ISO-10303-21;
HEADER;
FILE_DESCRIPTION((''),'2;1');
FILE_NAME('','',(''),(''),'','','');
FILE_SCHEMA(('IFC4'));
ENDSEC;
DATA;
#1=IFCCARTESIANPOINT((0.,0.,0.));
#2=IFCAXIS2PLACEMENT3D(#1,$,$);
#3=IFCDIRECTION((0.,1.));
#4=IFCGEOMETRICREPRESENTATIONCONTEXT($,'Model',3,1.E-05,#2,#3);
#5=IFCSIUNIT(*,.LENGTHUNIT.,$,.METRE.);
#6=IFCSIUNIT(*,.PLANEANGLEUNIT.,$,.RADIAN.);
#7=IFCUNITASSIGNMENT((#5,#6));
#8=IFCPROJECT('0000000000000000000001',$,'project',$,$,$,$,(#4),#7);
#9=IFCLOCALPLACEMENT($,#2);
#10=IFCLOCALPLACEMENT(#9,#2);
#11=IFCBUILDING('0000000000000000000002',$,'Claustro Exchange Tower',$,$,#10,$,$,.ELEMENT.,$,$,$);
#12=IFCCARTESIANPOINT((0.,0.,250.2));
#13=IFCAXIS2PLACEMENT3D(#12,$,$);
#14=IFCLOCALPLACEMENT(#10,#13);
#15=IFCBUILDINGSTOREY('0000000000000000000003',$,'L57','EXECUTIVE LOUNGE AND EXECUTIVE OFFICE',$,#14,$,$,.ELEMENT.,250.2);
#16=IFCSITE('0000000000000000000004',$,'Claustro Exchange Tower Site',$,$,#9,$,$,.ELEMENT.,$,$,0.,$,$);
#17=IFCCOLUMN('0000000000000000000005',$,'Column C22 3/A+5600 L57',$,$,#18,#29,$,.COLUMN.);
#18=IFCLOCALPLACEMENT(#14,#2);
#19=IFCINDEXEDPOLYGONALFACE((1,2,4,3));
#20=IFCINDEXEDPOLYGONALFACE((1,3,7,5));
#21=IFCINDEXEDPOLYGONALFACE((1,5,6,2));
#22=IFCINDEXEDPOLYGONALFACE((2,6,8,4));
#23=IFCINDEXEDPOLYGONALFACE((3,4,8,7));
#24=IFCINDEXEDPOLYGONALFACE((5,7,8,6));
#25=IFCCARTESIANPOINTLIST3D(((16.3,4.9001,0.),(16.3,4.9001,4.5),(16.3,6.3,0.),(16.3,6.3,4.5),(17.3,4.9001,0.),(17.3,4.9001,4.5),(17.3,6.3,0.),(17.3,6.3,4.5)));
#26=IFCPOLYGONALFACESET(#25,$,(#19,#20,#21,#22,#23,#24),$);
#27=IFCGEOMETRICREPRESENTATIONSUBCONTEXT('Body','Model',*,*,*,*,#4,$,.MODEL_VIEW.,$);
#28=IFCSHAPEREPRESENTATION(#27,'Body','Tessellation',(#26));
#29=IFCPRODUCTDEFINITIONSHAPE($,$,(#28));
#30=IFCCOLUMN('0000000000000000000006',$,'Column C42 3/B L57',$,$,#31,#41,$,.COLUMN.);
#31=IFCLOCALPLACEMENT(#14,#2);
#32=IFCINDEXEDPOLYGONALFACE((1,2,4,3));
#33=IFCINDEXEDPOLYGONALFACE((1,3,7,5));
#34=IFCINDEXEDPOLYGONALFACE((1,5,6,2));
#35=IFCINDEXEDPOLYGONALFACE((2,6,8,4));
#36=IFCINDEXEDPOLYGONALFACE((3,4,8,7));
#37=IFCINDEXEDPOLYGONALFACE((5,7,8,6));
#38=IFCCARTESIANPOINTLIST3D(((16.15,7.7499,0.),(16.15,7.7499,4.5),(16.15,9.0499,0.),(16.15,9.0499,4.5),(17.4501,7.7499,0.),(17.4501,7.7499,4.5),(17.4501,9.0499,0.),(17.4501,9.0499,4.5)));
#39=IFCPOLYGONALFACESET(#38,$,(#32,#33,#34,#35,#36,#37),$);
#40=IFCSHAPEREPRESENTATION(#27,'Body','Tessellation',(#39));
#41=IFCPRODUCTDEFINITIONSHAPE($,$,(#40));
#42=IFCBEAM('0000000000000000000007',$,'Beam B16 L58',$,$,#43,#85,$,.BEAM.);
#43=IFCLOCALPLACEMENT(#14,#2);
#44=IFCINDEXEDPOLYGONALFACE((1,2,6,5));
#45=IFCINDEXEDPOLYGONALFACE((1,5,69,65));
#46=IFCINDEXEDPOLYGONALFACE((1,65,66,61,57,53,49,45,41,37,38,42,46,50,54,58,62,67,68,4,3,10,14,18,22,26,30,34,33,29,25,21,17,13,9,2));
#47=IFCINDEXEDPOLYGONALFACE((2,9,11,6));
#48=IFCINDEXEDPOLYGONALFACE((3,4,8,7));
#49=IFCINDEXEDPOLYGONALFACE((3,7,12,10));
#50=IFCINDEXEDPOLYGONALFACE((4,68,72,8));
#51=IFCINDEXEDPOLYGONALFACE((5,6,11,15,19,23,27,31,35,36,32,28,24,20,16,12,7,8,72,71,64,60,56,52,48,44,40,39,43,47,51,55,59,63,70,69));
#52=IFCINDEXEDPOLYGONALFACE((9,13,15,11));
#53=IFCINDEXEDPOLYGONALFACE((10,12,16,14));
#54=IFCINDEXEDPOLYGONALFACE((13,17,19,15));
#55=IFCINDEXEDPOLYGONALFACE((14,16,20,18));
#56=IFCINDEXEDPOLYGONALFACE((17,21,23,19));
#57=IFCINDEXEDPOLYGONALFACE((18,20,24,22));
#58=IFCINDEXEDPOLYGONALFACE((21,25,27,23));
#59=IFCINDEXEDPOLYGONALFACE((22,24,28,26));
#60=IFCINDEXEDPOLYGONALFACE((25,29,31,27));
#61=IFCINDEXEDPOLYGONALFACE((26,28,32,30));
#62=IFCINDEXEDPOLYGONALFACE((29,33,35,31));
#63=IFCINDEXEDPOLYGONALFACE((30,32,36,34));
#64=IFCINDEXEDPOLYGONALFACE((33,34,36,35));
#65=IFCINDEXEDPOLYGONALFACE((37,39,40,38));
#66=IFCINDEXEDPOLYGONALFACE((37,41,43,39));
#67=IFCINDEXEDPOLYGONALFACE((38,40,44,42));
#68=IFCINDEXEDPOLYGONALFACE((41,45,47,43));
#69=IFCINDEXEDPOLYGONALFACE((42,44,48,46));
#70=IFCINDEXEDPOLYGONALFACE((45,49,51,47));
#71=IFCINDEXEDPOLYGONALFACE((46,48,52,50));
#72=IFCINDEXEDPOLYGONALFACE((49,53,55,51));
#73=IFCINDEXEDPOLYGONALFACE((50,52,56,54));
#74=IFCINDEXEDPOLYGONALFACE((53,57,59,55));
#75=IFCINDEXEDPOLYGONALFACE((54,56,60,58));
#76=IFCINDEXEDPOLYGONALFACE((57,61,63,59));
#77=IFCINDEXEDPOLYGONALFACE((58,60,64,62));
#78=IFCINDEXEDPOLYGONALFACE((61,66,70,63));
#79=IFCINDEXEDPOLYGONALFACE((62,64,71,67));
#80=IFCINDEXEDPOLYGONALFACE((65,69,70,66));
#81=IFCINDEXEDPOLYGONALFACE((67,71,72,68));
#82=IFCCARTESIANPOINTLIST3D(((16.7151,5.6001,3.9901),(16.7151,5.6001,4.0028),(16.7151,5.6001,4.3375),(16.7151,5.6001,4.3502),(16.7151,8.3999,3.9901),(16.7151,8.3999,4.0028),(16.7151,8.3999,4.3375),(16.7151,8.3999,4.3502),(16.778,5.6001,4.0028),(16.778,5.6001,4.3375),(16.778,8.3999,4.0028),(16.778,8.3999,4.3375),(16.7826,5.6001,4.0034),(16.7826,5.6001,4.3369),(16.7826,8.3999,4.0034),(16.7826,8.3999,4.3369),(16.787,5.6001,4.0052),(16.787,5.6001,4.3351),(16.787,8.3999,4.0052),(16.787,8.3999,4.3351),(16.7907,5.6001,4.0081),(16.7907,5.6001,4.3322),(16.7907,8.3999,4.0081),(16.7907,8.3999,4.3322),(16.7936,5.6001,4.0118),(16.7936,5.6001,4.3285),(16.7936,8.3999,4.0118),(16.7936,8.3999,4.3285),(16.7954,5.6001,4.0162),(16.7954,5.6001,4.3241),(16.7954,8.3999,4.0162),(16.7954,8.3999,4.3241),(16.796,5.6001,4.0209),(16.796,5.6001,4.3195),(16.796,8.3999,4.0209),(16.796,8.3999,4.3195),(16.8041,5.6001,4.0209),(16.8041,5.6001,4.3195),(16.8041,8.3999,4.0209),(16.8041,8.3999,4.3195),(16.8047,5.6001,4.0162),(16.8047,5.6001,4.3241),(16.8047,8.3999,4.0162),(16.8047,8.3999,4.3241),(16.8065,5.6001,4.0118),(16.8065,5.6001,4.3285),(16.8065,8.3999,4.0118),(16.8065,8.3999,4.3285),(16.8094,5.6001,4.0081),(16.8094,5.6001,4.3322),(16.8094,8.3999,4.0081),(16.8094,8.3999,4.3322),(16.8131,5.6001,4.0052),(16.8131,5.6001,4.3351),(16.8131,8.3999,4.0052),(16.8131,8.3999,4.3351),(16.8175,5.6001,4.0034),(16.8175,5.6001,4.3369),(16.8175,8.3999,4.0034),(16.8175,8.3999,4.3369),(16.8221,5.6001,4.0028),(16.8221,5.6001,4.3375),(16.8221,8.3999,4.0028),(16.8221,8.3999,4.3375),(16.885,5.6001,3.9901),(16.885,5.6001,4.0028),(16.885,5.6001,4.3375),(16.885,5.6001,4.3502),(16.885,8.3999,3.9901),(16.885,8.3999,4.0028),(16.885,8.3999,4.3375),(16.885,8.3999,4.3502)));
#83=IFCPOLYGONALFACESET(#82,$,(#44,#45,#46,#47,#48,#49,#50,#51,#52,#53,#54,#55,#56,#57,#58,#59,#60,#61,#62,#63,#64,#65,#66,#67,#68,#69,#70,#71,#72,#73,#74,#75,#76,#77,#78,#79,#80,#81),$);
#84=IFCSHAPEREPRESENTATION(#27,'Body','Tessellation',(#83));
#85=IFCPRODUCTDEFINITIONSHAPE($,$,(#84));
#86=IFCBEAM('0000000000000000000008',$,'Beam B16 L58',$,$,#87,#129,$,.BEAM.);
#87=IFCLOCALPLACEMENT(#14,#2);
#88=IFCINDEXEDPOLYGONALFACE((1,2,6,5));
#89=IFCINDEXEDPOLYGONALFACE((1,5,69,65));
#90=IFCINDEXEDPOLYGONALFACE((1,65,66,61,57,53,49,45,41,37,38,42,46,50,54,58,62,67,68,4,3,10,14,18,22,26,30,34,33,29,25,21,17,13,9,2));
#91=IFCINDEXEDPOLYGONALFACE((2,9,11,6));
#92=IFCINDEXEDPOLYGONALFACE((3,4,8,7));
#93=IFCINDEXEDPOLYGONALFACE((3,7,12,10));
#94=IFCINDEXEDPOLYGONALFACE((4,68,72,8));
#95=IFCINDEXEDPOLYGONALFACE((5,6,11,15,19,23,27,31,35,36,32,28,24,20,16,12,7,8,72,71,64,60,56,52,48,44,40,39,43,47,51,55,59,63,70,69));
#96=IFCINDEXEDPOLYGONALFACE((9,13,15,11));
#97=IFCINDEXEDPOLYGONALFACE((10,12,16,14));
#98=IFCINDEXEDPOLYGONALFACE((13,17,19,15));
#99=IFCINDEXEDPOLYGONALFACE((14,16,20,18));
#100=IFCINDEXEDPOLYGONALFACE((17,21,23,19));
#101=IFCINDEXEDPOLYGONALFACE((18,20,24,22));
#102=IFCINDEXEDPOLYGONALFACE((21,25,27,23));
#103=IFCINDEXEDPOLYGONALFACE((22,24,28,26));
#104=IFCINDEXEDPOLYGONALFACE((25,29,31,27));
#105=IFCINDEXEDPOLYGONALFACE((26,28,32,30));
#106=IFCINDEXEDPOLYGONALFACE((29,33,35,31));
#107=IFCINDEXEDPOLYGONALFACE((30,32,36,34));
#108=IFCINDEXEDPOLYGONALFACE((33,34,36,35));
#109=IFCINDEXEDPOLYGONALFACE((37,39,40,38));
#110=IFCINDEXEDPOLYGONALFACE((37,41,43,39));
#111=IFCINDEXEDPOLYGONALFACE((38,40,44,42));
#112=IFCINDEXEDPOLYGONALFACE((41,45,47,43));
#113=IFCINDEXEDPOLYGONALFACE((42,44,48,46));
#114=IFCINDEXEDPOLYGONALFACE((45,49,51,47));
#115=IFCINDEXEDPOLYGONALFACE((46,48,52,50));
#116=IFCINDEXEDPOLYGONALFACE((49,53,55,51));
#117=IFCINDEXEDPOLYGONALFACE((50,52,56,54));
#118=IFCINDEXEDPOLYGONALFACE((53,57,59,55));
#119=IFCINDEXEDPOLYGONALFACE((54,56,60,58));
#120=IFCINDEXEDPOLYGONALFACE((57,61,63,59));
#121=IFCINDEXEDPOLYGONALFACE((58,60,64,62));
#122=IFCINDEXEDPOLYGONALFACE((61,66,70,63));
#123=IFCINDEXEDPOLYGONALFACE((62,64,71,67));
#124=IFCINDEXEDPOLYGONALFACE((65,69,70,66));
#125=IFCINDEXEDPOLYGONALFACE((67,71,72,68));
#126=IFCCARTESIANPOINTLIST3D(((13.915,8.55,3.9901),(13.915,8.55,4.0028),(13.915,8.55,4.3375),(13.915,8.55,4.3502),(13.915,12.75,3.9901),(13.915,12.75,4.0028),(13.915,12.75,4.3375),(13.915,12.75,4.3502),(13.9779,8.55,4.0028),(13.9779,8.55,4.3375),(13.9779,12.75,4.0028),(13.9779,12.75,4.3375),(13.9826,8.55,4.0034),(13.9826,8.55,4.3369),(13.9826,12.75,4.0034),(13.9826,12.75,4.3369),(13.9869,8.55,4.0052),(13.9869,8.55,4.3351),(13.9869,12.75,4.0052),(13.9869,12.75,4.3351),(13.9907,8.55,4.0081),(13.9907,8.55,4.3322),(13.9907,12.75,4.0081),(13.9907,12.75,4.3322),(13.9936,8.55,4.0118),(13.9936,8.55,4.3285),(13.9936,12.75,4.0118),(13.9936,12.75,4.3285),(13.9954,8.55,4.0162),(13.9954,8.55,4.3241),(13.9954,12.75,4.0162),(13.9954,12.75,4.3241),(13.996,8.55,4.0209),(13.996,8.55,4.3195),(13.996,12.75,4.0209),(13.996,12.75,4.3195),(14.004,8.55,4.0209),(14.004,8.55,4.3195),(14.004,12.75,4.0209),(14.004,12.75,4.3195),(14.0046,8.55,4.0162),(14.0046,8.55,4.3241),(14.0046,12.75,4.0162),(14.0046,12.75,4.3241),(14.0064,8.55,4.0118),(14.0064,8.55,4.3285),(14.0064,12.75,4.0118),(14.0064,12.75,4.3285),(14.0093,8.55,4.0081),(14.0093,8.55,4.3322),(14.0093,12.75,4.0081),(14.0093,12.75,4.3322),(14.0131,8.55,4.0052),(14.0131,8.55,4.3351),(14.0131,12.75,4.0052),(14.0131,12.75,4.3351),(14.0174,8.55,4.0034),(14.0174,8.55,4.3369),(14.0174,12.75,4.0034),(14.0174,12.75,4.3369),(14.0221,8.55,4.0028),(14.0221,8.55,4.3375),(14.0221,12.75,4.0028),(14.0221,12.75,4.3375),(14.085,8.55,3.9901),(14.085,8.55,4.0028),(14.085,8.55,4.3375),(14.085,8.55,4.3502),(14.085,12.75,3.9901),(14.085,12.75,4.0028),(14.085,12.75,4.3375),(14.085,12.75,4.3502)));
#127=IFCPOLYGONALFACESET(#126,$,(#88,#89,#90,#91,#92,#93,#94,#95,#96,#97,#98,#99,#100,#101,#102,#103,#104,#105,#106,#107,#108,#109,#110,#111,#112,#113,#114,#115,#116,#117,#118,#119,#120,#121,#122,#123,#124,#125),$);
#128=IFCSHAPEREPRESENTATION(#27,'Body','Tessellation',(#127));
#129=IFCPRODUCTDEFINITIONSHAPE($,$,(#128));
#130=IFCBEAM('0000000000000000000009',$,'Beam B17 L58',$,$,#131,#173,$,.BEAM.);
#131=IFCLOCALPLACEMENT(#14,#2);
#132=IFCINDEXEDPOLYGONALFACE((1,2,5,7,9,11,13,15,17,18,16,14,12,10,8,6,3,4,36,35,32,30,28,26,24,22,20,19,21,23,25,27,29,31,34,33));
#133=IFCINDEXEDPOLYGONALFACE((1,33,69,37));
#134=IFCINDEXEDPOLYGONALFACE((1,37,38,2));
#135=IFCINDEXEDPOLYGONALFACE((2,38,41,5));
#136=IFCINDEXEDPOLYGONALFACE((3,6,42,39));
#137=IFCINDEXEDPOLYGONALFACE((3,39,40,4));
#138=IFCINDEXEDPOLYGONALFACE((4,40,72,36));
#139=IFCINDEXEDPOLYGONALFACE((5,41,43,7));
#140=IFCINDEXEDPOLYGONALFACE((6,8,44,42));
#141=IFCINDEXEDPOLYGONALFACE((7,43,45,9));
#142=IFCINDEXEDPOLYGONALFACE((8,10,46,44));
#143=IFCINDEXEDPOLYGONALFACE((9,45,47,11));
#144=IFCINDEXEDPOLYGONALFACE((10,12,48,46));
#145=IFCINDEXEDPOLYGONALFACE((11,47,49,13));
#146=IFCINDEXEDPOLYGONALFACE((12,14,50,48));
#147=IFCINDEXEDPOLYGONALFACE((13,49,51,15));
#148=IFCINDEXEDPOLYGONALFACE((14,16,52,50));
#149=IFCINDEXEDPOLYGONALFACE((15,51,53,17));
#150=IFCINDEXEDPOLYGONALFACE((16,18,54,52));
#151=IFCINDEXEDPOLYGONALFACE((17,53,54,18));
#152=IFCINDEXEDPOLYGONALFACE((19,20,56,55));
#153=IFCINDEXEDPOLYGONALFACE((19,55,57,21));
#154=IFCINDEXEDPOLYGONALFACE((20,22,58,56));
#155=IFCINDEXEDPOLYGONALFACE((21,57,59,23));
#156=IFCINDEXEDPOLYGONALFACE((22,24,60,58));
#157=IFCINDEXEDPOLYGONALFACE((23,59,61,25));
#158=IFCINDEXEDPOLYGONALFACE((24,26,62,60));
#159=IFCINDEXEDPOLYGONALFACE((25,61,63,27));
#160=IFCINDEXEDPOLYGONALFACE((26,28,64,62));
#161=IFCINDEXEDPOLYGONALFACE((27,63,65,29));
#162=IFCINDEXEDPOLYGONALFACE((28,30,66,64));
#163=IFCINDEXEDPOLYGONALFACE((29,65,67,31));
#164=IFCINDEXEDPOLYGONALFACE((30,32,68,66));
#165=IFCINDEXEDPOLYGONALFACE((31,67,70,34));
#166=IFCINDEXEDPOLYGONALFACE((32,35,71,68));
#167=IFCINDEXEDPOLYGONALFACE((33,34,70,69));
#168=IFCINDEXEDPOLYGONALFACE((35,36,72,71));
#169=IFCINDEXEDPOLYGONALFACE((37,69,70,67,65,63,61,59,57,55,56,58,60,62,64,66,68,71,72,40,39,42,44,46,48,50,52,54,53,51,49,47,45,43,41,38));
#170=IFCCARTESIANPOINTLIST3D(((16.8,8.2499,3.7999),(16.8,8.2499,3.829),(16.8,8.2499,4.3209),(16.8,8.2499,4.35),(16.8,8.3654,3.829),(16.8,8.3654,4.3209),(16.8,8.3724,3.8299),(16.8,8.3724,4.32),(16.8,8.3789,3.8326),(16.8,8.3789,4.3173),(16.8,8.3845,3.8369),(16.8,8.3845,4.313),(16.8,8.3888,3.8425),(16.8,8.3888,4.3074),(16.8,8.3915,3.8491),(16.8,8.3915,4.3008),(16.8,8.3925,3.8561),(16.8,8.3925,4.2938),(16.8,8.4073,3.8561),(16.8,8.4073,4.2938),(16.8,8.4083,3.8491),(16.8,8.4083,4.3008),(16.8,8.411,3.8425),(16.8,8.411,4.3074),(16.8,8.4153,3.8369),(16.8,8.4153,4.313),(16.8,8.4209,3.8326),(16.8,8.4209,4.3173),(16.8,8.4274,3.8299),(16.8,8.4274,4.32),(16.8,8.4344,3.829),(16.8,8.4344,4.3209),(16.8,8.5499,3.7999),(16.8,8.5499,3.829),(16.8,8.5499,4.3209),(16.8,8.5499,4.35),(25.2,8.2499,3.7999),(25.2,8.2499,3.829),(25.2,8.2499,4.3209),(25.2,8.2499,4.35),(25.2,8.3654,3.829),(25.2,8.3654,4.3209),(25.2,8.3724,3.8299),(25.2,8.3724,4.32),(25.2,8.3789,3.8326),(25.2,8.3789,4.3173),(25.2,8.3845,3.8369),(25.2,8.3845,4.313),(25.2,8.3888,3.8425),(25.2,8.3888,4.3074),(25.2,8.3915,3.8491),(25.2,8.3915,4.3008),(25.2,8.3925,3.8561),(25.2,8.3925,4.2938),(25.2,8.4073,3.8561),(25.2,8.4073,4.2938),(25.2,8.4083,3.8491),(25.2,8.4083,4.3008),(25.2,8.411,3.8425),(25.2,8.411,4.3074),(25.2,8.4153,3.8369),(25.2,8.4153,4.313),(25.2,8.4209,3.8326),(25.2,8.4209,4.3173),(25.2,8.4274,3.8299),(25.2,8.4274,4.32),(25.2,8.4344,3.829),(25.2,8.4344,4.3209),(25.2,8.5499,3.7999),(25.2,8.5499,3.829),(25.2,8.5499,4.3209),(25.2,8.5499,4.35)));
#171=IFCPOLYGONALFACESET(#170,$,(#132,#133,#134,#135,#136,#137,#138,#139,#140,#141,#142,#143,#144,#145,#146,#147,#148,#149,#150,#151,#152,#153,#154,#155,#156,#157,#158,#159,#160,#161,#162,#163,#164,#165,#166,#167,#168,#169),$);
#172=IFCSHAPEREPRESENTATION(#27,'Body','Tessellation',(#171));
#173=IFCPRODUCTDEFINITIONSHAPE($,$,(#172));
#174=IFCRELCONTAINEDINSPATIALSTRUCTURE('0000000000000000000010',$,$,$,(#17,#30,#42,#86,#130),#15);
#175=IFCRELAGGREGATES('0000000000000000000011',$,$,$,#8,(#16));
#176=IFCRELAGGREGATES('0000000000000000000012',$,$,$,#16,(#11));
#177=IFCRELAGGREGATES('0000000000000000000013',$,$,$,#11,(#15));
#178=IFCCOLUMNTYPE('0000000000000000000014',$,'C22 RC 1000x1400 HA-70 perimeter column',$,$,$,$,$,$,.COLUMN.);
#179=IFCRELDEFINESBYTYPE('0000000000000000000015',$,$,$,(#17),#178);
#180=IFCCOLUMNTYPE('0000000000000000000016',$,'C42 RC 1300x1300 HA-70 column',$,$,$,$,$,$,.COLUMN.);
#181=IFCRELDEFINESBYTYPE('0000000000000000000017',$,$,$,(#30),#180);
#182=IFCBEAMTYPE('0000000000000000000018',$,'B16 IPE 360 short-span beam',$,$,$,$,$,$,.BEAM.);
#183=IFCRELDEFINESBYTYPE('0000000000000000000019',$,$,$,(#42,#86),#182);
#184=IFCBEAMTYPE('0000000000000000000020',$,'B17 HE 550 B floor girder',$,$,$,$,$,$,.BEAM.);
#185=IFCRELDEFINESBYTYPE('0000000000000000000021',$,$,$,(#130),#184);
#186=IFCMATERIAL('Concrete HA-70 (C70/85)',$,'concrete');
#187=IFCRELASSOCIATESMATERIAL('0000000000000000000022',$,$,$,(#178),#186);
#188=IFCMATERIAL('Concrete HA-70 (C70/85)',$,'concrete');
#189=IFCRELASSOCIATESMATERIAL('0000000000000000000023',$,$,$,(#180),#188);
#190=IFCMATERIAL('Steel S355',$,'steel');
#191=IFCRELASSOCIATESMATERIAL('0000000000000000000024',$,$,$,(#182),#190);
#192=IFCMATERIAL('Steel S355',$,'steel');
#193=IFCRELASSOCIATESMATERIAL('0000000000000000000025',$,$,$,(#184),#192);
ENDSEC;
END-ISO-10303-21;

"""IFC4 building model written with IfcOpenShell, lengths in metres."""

from ifc_helpers import new_model, si_unit, direction, frame, origin, origin_2d, place, context, subcontext, project, spatial, rectangle, i_section, extrude, material, material_profile, profile_set, type_object, element, save


model = new_model("IFC4")

# Units and contexts
model_context = context("Model", 3, precision=1e-05, world=origin(), true_north=direction((0.0, 1.0)))
body_context = subcontext(model_context, "Body", "Model", "MODEL_VIEW")
ifc_project = project(units=[si_unit("LENGTHUNIT", "METRE"), si_unit("PLANEANGLEUNIT", "RADIAN")], contexts=[model_context])

# Site, building, storey
site_placement = place(None, origin())
site = spatial("IfcSite", under=ifc_project, at=site_placement, Name="Claustro Exchange Tower Site", CompositionType="ELEMENT", RefElevation=0.0)
building_placement = place(site_placement, origin())
building = spatial("IfcBuilding", under=site, at=building_placement, Name="Claustro Exchange Tower", CompositionType="ELEMENT")
storey_placement = place(building_placement, frame((0.0, 0.0, 250.2)))
storey = spatial("IfcBuildingStorey", under=building, at=storey_placement, Name="L57", Description="EXECUTIVE LOUNGE AND EXECUTIVE OFFICE", CompositionType="ELEMENT", Elevation=250.2)

# Columns
ifc_material_1 = material(Name="Concrete HA-70 (C70/85)", Category="concrete")
ifc_material_profile_1 = material_profile(ifc_material_1, rectangle(XDim=1.0, YDim=1.3999, at=origin_2d()), Name="RC 1000x1400")
ifc_profile_set_1 = profile_set([ifc_material_profile_1], Name="Concrete HA-70 (C70/85)")
column_type_1 = type_object("IfcColumnType", Name="C22 RC 1000x1400 HA-70 perimeter column", PredefinedType="COLUMN", material=ifc_profile_set_1)
column_1_placement = place(storey_placement, frame((16.8, 5.6001, 0.0), z_axis=(0.0, 0.0, 1.0), x_axis=(1.0, 0.0, 0.0)))
element("IfcColumn", 1, at=column_1_placement, inside=storey, type_object=column_type_1, Name="Column C22 3/A+5600 L57", PredefinedType="COLUMN", context=body_context, shape_type="SweptSolid", body=[
    extrude(rectangle(XDim=1.0, YDim=1.3999, at=origin_2d()), origin(), (0.0, 0.0, 1.0), 4.5),
])
ifc_material_2 = material(Name="Concrete HA-70 (C70/85)", Category="concrete")
ifc_material_profile_2 = material_profile(ifc_material_2, rectangle(XDim=1.3, YDim=1.3, at=origin_2d()), Name="RC 1300x1300")
ifc_profile_set_2 = profile_set([ifc_material_profile_2], Name="Concrete HA-70 (C70/85)")
column_type_2 = type_object("IfcColumnType", Name="C42 RC 1300x1300 HA-70 column", PredefinedType="COLUMN", material=ifc_profile_set_2)
column_2_placement = place(storey_placement, frame((16.8, 8.3999, 0.0), z_axis=(0.0, 0.0, 1.0), x_axis=(1.0, 0.0, 0.0)))
element("IfcColumn", 2, at=column_2_placement, inside=storey, type_object=column_type_2, Name="Column C42 3/B L57", PredefinedType="COLUMN", context=body_context, shape_type="SweptSolid", body=[
    extrude(rectangle(XDim=1.3, YDim=1.3, at=origin_2d()), origin(), (0.0, 0.0, 1.0), 4.5),
])

# Beams
ifc_material_3 = material(Name="Steel S355", Category="steel")
ifc_material_profile_3 = material_profile(ifc_material_3, i_section(OverallWidth=0.1699, OverallDepth=0.3601, WebThickness=0.0081, FlangeThickness=0.0127, FilletRadius=0.0181, at=origin_2d()), Name="IPE 360")
ifc_profile_set_3 = profile_set([ifc_material_profile_3], Name="Steel S355")
beam_type_1 = type_object("IfcBeamType", Name="B16 IPE 360 short-span beam", PredefinedType="BEAM", material=ifc_profile_set_3)
beam_1_placement = place(storey_placement, frame((16.8, 5.6001, 4.1702), z_axis=(0.0, 1.0, 0.0), x_axis=(-1.0, 0.0, 0.0)))
element("IfcBeam", 3, at=beam_1_placement, inside=storey, type_object=beam_type_1, Name="Beam B16 L58", PredefinedType="BEAM", context=body_context, shape_type="SweptSolid", body=[
    extrude(i_section(OverallWidth=0.1699, OverallDepth=0.3601, WebThickness=0.0081, FlangeThickness=0.0127, FilletRadius=0.0181, at=origin_2d()), origin(), (0.0, 0.0, 1.0), 2.7998),
])
beam_2_placement = place(storey_placement, frame((14.0, 8.55, 4.1702), z_axis=(0.0, 1.0, 0.0), x_axis=(-1.0, 0.0, 0.0)))
element("IfcBeam", 4, at=beam_2_placement, inside=storey, type_object=beam_type_1, Name="Beam B16 L58", PredefinedType="BEAM", context=body_context, shape_type="SweptSolid", body=[
    extrude(i_section(OverallWidth=0.1699, OverallDepth=0.3601, WebThickness=0.0081, FlangeThickness=0.0127, FilletRadius=0.0181, at=origin_2d()), origin(), (0.0, 0.0, 1.0), 4.2),
])
ifc_material_4 = material(Name="Steel S355", Category="steel")
ifc_material_profile_4 = material_profile(ifc_material_4, i_section(OverallWidth=0.3, OverallDepth=0.55, WebThickness=0.0149, FlangeThickness=0.0291, FilletRadius=0.0271, at=origin_2d()), Name="HE 550 B")
ifc_profile_set_4 = profile_set([ifc_material_profile_4], Name="Steel S355")
beam_type_2 = type_object("IfcBeamType", Name="B17 HE 550 B floor girder", PredefinedType="BEAM", material=ifc_profile_set_4)
beam_3_placement = place(storey_placement, frame((16.8, 8.3999, 4.075), z_axis=(1.0, 0.0, 0.0), x_axis=(0.0, 1.0, 0.0)))
element("IfcBeam", 5, at=beam_3_placement, inside=storey, type_object=beam_type_2, Name="Beam B17 L58", PredefinedType="BEAM", context=body_context, shape_type="SweptSolid", body=[
    extrude(i_section(OverallWidth=0.3, OverallDepth=0.55, WebThickness=0.0149, FlangeThickness=0.0291, FilletRadius=0.0271, at=origin_2d()), origin(), (0.0, 0.0, 1.0), 8.3999),
])

save(model, "model.ifc")
